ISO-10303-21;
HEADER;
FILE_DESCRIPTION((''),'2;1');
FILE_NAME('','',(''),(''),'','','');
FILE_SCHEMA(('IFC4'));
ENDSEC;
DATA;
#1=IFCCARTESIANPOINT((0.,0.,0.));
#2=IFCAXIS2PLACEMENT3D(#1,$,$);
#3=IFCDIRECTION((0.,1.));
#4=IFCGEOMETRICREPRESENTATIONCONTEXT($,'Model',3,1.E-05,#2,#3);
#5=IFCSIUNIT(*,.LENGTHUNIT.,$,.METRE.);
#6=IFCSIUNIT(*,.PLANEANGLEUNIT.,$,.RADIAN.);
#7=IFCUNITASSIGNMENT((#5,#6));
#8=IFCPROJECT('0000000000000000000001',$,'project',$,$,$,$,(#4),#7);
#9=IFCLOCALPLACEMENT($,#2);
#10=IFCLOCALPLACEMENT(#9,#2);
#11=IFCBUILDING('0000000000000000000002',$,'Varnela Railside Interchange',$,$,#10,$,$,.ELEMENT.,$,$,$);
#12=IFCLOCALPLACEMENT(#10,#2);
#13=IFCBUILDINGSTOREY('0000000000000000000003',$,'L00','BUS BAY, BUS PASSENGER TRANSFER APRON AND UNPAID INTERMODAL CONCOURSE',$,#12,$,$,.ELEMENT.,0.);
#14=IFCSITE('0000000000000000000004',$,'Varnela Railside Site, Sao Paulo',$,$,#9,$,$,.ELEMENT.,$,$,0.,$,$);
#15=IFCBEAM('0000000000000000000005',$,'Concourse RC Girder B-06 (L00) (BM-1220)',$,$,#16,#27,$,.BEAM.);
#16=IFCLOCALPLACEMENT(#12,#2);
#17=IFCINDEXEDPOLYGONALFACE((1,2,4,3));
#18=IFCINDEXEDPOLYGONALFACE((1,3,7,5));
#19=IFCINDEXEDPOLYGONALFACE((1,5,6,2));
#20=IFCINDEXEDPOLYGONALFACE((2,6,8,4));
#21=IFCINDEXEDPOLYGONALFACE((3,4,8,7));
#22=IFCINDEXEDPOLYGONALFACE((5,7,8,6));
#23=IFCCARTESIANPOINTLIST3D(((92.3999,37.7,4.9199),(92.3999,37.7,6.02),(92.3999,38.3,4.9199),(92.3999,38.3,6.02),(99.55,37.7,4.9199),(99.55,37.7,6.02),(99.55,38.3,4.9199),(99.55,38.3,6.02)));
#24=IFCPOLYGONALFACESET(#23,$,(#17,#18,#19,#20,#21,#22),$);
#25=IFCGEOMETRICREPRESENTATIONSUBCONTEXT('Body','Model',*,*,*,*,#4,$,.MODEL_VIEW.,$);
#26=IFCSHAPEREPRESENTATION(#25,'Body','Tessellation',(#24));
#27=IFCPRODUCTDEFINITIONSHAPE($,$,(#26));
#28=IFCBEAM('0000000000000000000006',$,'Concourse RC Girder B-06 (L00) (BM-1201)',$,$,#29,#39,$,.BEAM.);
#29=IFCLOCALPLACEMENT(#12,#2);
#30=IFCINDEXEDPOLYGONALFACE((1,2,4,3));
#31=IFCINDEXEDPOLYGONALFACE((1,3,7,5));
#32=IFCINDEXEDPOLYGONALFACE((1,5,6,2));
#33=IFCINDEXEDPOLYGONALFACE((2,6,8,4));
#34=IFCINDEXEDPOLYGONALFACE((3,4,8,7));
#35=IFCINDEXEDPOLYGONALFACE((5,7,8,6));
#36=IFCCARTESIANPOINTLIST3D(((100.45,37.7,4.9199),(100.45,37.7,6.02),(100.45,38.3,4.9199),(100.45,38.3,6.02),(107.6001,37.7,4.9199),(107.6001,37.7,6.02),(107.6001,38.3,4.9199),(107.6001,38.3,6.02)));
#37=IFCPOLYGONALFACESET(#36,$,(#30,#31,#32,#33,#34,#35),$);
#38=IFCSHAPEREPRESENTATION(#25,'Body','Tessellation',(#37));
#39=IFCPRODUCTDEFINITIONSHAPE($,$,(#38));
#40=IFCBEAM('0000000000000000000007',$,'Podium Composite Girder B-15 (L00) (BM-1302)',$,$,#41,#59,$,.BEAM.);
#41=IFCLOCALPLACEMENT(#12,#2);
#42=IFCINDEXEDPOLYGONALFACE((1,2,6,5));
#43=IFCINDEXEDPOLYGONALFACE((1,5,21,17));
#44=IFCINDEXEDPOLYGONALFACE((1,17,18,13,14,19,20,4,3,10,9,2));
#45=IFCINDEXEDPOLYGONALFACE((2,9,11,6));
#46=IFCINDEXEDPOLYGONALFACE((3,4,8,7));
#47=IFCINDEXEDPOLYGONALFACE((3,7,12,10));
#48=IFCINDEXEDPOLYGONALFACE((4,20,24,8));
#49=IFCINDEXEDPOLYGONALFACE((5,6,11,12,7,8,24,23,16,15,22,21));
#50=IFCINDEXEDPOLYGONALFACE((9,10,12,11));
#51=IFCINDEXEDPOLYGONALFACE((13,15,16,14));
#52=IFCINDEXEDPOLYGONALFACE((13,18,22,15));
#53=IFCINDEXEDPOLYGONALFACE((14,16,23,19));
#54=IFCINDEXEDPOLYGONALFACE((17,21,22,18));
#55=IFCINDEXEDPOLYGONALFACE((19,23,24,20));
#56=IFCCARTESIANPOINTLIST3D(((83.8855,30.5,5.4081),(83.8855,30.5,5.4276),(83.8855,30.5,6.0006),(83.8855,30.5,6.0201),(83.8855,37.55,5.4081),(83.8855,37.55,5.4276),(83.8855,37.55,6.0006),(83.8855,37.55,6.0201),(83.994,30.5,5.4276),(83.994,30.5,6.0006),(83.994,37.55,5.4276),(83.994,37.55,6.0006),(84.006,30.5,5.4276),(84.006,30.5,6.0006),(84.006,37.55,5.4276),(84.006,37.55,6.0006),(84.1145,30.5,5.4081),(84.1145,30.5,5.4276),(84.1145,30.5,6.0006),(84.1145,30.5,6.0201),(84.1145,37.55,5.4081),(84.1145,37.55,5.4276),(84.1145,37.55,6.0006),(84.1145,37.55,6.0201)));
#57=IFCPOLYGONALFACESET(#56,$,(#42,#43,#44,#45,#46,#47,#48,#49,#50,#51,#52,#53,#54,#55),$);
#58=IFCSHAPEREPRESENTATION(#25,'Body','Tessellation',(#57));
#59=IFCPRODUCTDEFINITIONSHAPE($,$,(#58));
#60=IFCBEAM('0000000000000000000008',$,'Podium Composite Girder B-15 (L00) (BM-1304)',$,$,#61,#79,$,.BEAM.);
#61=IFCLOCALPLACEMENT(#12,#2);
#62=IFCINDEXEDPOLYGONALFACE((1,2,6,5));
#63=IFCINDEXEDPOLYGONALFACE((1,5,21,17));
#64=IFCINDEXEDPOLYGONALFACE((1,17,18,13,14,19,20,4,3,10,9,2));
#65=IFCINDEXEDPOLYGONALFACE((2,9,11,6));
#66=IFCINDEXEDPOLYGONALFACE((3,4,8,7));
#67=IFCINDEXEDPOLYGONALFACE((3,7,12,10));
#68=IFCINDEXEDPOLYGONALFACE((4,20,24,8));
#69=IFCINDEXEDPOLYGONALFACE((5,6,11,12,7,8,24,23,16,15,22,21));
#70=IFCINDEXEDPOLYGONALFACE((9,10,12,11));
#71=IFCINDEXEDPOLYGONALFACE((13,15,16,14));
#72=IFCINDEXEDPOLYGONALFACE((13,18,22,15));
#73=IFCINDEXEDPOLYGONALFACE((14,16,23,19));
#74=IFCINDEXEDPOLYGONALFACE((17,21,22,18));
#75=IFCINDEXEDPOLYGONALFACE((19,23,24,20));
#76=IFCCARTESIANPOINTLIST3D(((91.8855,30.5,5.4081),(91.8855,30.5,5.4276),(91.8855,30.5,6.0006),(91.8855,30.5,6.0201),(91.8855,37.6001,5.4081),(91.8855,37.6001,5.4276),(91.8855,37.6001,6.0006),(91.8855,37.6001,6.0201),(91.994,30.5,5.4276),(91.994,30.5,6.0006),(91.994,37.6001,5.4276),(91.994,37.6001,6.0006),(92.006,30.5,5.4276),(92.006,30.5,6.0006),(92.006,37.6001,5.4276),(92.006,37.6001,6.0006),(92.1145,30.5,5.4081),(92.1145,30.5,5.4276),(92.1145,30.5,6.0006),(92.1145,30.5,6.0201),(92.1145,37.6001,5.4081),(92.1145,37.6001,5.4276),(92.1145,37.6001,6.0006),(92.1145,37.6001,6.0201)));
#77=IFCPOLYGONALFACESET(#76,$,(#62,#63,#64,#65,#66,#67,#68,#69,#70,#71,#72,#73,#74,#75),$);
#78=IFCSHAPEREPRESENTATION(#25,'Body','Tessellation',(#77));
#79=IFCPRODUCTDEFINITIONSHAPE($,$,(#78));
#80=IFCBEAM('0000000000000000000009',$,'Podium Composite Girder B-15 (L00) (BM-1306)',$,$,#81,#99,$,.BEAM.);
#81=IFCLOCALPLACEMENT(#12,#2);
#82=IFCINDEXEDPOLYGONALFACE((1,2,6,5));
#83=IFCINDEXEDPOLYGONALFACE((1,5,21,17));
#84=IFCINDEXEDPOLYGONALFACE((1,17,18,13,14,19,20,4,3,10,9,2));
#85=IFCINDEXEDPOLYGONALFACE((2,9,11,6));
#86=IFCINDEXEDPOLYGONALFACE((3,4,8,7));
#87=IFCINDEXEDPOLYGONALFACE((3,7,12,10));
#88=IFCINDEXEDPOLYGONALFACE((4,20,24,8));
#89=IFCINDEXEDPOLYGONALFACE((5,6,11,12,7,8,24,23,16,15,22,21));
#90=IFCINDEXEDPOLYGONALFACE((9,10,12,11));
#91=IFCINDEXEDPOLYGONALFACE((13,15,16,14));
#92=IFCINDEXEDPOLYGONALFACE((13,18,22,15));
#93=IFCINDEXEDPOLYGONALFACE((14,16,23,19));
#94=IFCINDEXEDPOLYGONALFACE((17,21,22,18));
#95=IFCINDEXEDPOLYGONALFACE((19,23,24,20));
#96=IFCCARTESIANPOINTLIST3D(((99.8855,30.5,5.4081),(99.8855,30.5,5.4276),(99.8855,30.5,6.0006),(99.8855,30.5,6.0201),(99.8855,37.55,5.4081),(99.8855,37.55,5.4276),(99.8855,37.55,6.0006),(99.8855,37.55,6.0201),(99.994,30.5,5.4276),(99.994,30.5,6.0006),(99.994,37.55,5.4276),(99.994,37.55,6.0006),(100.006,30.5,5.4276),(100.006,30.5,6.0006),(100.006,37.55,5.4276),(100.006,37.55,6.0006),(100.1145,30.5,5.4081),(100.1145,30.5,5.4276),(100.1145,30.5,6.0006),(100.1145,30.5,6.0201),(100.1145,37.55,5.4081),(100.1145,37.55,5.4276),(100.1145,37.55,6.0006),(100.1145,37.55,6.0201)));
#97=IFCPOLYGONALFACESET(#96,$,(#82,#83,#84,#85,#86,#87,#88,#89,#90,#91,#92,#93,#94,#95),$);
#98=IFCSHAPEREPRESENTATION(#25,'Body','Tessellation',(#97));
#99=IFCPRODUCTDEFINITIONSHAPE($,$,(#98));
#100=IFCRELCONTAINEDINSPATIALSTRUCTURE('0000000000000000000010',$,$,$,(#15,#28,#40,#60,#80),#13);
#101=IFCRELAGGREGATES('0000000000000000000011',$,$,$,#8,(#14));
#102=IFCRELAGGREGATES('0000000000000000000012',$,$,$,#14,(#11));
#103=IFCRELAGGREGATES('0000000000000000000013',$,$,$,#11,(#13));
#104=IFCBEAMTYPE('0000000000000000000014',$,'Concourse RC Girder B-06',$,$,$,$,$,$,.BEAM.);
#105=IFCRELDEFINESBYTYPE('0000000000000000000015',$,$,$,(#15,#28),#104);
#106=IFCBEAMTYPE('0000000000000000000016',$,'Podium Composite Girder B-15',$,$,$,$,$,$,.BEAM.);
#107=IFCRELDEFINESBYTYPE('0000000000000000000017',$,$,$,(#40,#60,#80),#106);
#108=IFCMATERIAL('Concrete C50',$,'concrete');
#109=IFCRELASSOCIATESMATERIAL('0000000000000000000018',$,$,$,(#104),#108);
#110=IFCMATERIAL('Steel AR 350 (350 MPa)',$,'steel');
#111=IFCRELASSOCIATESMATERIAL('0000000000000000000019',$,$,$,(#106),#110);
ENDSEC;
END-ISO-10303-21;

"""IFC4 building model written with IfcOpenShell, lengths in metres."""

from ifc_helpers import new_model, si_unit, direction, frame, origin, origin_2d, place, context, subcontext, project, spatial, rectangle, i_section, extrude, material, material_profile, profile_set, type_object, element, save


model = new_model("IFC4")

# Units and contexts
model_context = context("Model", 3, precision=1e-05, world=origin(), true_north=direction((0.0, 1.0)))
body_context = subcontext(model_context, "Body", "Model", "MODEL_VIEW")
ifc_project = project(units=[si_unit("LENGTHUNIT", "METRE"), si_unit("PLANEANGLEUNIT", "RADIAN")], contexts=[model_context])

# Site, building, storey
site_placement = place(None, origin())
site = spatial("IfcSite", under=ifc_project, at=site_placement, Name="Varnela Railside Site, Sao Paulo", CompositionType="ELEMENT", RefElevation=0.0)
building_placement = place(site_placement, origin())
building = spatial("IfcBuilding", under=site, at=building_placement, Name="Varnela Railside Interchange", CompositionType="ELEMENT")
storey_placement = place(building_placement, origin())
storey = spatial("IfcBuildingStorey", under=building, at=storey_placement, Name="L00", Description="BUS BAY, BUS PASSENGER TRANSFER APRON AND UNPAID INTERMODAL CONCOURSE", CompositionType="ELEMENT", Elevation=0.0)

# Shared definitions
ifc_material_1 = material(Name="Concrete C50", Category="concrete")

# Beams
ifc_material_2 = material(Name="Steel AR 350 (350 MPa)", Category="steel")
ifc_material_profile_1 = material_profile(ifc_material_1, rectangle(XDim=0.6001, YDim=1.1001, at=origin_2d()), Name="RC 600x1100")
ifc_profile_set_1 = profile_set([ifc_material_profile_1], Name="Concrete C50")
beam_type_1 = type_object("IfcBeamType", Name="Concourse RC Girder B-06", PredefinedType="BEAM", material=ifc_profile_set_1)
for number, where, z_axis, x_axis, name in (
    (1, (92.3999, 38.0, 5.47), (1.0, 0.0, 0.0), (0.0, 1.0, 0.0), "Concourse RC Girder B-06 (L00) (BM-1220)"),
    (2, (100.45, 38.0, 5.47), (1.0, 0.0, 0.0), (0.0, 1.0, 0.0), "Concourse RC Girder B-06 (L00) (BM-1201)"),
):
    element("IfcBeam", number, at=place(storey_placement, frame(where, z_axis=z_axis, x_axis=x_axis)), inside=storey, type_object=beam_type_1, Name=name, PredefinedType="BEAM", context=body_context, shape_type="SweptSolid", body=[
        extrude(rectangle(XDim=0.6001, YDim=1.1001, at=origin_2d()), origin(), (0.0, 0.0, 1.0), 7.1501),
    ])
ifc_material_profile_2 = material_profile(ifc_material_2, i_section(OverallWidth=0.229, OverallDepth=0.6121, WebThickness=0.012, FlangeThickness=0.0195, at=origin_2d()), Name="W610x125")
ifc_profile_set_2 = profile_set([ifc_material_profile_2], Name="Steel AR 350 (350 MPa)")
beam_type_2 = type_object("IfcBeamType", Name="Podium Composite Girder B-15", PredefinedType="BEAM", material=ifc_profile_set_2)
beam_1_placement = place(storey_placement, frame((84.0, 30.5, 5.7141), z_axis=(0.0, 1.0, 0.0), x_axis=(-1.0, 0.0, 0.0)))
element("IfcBeam", 3, at=beam_1_placement, inside=storey, type_object=beam_type_2, Name="Podium Composite Girder B-15 (L00) (BM-1302)", PredefinedType="BEAM", context=body_context, shape_type="SweptSolid", body=[
    extrude(i_section(OverallWidth=0.229, OverallDepth=0.6121, WebThickness=0.012, FlangeThickness=0.0195, at=origin_2d()), origin(), (0.0, 0.0, 1.0), 7.05),
])
beam_2_placement = place(storey_placement, frame((92.0, 30.5, 5.7141), z_axis=(0.0, 1.0, 0.0), x_axis=(-1.0, 0.0, 0.0)))
element("IfcBeam", 4, at=beam_2_placement, inside=storey, type_object=beam_type_2, Name="Podium Composite Girder B-15 (L00) (BM-1304)", PredefinedType="BEAM", context=body_context, shape_type="SweptSolid", body=[
    extrude(i_section(OverallWidth=0.229, OverallDepth=0.6121, WebThickness=0.012, FlangeThickness=0.0195, at=origin_2d()), origin(), (0.0, 0.0, 1.0), 7.1001),
])
beam_3_placement = place(storey_placement, frame((100.0, 30.5, 5.7141), z_axis=(0.0, 1.0, 0.0), x_axis=(-1.0, 0.0, 0.0)))
element("IfcBeam", 5, at=beam_3_placement, inside=storey, type_object=beam_type_2, Name="Podium Composite Girder B-15 (L00) (BM-1306)", PredefinedType="BEAM", context=body_context, shape_type="SweptSolid", body=[
    extrude(i_section(OverallWidth=0.229, OverallDepth=0.6121, WebThickness=0.012, FlangeThickness=0.0195, at=origin_2d()), origin(), (0.0, 0.0, 1.0), 7.05),
])

save(model, "model.ifc")
